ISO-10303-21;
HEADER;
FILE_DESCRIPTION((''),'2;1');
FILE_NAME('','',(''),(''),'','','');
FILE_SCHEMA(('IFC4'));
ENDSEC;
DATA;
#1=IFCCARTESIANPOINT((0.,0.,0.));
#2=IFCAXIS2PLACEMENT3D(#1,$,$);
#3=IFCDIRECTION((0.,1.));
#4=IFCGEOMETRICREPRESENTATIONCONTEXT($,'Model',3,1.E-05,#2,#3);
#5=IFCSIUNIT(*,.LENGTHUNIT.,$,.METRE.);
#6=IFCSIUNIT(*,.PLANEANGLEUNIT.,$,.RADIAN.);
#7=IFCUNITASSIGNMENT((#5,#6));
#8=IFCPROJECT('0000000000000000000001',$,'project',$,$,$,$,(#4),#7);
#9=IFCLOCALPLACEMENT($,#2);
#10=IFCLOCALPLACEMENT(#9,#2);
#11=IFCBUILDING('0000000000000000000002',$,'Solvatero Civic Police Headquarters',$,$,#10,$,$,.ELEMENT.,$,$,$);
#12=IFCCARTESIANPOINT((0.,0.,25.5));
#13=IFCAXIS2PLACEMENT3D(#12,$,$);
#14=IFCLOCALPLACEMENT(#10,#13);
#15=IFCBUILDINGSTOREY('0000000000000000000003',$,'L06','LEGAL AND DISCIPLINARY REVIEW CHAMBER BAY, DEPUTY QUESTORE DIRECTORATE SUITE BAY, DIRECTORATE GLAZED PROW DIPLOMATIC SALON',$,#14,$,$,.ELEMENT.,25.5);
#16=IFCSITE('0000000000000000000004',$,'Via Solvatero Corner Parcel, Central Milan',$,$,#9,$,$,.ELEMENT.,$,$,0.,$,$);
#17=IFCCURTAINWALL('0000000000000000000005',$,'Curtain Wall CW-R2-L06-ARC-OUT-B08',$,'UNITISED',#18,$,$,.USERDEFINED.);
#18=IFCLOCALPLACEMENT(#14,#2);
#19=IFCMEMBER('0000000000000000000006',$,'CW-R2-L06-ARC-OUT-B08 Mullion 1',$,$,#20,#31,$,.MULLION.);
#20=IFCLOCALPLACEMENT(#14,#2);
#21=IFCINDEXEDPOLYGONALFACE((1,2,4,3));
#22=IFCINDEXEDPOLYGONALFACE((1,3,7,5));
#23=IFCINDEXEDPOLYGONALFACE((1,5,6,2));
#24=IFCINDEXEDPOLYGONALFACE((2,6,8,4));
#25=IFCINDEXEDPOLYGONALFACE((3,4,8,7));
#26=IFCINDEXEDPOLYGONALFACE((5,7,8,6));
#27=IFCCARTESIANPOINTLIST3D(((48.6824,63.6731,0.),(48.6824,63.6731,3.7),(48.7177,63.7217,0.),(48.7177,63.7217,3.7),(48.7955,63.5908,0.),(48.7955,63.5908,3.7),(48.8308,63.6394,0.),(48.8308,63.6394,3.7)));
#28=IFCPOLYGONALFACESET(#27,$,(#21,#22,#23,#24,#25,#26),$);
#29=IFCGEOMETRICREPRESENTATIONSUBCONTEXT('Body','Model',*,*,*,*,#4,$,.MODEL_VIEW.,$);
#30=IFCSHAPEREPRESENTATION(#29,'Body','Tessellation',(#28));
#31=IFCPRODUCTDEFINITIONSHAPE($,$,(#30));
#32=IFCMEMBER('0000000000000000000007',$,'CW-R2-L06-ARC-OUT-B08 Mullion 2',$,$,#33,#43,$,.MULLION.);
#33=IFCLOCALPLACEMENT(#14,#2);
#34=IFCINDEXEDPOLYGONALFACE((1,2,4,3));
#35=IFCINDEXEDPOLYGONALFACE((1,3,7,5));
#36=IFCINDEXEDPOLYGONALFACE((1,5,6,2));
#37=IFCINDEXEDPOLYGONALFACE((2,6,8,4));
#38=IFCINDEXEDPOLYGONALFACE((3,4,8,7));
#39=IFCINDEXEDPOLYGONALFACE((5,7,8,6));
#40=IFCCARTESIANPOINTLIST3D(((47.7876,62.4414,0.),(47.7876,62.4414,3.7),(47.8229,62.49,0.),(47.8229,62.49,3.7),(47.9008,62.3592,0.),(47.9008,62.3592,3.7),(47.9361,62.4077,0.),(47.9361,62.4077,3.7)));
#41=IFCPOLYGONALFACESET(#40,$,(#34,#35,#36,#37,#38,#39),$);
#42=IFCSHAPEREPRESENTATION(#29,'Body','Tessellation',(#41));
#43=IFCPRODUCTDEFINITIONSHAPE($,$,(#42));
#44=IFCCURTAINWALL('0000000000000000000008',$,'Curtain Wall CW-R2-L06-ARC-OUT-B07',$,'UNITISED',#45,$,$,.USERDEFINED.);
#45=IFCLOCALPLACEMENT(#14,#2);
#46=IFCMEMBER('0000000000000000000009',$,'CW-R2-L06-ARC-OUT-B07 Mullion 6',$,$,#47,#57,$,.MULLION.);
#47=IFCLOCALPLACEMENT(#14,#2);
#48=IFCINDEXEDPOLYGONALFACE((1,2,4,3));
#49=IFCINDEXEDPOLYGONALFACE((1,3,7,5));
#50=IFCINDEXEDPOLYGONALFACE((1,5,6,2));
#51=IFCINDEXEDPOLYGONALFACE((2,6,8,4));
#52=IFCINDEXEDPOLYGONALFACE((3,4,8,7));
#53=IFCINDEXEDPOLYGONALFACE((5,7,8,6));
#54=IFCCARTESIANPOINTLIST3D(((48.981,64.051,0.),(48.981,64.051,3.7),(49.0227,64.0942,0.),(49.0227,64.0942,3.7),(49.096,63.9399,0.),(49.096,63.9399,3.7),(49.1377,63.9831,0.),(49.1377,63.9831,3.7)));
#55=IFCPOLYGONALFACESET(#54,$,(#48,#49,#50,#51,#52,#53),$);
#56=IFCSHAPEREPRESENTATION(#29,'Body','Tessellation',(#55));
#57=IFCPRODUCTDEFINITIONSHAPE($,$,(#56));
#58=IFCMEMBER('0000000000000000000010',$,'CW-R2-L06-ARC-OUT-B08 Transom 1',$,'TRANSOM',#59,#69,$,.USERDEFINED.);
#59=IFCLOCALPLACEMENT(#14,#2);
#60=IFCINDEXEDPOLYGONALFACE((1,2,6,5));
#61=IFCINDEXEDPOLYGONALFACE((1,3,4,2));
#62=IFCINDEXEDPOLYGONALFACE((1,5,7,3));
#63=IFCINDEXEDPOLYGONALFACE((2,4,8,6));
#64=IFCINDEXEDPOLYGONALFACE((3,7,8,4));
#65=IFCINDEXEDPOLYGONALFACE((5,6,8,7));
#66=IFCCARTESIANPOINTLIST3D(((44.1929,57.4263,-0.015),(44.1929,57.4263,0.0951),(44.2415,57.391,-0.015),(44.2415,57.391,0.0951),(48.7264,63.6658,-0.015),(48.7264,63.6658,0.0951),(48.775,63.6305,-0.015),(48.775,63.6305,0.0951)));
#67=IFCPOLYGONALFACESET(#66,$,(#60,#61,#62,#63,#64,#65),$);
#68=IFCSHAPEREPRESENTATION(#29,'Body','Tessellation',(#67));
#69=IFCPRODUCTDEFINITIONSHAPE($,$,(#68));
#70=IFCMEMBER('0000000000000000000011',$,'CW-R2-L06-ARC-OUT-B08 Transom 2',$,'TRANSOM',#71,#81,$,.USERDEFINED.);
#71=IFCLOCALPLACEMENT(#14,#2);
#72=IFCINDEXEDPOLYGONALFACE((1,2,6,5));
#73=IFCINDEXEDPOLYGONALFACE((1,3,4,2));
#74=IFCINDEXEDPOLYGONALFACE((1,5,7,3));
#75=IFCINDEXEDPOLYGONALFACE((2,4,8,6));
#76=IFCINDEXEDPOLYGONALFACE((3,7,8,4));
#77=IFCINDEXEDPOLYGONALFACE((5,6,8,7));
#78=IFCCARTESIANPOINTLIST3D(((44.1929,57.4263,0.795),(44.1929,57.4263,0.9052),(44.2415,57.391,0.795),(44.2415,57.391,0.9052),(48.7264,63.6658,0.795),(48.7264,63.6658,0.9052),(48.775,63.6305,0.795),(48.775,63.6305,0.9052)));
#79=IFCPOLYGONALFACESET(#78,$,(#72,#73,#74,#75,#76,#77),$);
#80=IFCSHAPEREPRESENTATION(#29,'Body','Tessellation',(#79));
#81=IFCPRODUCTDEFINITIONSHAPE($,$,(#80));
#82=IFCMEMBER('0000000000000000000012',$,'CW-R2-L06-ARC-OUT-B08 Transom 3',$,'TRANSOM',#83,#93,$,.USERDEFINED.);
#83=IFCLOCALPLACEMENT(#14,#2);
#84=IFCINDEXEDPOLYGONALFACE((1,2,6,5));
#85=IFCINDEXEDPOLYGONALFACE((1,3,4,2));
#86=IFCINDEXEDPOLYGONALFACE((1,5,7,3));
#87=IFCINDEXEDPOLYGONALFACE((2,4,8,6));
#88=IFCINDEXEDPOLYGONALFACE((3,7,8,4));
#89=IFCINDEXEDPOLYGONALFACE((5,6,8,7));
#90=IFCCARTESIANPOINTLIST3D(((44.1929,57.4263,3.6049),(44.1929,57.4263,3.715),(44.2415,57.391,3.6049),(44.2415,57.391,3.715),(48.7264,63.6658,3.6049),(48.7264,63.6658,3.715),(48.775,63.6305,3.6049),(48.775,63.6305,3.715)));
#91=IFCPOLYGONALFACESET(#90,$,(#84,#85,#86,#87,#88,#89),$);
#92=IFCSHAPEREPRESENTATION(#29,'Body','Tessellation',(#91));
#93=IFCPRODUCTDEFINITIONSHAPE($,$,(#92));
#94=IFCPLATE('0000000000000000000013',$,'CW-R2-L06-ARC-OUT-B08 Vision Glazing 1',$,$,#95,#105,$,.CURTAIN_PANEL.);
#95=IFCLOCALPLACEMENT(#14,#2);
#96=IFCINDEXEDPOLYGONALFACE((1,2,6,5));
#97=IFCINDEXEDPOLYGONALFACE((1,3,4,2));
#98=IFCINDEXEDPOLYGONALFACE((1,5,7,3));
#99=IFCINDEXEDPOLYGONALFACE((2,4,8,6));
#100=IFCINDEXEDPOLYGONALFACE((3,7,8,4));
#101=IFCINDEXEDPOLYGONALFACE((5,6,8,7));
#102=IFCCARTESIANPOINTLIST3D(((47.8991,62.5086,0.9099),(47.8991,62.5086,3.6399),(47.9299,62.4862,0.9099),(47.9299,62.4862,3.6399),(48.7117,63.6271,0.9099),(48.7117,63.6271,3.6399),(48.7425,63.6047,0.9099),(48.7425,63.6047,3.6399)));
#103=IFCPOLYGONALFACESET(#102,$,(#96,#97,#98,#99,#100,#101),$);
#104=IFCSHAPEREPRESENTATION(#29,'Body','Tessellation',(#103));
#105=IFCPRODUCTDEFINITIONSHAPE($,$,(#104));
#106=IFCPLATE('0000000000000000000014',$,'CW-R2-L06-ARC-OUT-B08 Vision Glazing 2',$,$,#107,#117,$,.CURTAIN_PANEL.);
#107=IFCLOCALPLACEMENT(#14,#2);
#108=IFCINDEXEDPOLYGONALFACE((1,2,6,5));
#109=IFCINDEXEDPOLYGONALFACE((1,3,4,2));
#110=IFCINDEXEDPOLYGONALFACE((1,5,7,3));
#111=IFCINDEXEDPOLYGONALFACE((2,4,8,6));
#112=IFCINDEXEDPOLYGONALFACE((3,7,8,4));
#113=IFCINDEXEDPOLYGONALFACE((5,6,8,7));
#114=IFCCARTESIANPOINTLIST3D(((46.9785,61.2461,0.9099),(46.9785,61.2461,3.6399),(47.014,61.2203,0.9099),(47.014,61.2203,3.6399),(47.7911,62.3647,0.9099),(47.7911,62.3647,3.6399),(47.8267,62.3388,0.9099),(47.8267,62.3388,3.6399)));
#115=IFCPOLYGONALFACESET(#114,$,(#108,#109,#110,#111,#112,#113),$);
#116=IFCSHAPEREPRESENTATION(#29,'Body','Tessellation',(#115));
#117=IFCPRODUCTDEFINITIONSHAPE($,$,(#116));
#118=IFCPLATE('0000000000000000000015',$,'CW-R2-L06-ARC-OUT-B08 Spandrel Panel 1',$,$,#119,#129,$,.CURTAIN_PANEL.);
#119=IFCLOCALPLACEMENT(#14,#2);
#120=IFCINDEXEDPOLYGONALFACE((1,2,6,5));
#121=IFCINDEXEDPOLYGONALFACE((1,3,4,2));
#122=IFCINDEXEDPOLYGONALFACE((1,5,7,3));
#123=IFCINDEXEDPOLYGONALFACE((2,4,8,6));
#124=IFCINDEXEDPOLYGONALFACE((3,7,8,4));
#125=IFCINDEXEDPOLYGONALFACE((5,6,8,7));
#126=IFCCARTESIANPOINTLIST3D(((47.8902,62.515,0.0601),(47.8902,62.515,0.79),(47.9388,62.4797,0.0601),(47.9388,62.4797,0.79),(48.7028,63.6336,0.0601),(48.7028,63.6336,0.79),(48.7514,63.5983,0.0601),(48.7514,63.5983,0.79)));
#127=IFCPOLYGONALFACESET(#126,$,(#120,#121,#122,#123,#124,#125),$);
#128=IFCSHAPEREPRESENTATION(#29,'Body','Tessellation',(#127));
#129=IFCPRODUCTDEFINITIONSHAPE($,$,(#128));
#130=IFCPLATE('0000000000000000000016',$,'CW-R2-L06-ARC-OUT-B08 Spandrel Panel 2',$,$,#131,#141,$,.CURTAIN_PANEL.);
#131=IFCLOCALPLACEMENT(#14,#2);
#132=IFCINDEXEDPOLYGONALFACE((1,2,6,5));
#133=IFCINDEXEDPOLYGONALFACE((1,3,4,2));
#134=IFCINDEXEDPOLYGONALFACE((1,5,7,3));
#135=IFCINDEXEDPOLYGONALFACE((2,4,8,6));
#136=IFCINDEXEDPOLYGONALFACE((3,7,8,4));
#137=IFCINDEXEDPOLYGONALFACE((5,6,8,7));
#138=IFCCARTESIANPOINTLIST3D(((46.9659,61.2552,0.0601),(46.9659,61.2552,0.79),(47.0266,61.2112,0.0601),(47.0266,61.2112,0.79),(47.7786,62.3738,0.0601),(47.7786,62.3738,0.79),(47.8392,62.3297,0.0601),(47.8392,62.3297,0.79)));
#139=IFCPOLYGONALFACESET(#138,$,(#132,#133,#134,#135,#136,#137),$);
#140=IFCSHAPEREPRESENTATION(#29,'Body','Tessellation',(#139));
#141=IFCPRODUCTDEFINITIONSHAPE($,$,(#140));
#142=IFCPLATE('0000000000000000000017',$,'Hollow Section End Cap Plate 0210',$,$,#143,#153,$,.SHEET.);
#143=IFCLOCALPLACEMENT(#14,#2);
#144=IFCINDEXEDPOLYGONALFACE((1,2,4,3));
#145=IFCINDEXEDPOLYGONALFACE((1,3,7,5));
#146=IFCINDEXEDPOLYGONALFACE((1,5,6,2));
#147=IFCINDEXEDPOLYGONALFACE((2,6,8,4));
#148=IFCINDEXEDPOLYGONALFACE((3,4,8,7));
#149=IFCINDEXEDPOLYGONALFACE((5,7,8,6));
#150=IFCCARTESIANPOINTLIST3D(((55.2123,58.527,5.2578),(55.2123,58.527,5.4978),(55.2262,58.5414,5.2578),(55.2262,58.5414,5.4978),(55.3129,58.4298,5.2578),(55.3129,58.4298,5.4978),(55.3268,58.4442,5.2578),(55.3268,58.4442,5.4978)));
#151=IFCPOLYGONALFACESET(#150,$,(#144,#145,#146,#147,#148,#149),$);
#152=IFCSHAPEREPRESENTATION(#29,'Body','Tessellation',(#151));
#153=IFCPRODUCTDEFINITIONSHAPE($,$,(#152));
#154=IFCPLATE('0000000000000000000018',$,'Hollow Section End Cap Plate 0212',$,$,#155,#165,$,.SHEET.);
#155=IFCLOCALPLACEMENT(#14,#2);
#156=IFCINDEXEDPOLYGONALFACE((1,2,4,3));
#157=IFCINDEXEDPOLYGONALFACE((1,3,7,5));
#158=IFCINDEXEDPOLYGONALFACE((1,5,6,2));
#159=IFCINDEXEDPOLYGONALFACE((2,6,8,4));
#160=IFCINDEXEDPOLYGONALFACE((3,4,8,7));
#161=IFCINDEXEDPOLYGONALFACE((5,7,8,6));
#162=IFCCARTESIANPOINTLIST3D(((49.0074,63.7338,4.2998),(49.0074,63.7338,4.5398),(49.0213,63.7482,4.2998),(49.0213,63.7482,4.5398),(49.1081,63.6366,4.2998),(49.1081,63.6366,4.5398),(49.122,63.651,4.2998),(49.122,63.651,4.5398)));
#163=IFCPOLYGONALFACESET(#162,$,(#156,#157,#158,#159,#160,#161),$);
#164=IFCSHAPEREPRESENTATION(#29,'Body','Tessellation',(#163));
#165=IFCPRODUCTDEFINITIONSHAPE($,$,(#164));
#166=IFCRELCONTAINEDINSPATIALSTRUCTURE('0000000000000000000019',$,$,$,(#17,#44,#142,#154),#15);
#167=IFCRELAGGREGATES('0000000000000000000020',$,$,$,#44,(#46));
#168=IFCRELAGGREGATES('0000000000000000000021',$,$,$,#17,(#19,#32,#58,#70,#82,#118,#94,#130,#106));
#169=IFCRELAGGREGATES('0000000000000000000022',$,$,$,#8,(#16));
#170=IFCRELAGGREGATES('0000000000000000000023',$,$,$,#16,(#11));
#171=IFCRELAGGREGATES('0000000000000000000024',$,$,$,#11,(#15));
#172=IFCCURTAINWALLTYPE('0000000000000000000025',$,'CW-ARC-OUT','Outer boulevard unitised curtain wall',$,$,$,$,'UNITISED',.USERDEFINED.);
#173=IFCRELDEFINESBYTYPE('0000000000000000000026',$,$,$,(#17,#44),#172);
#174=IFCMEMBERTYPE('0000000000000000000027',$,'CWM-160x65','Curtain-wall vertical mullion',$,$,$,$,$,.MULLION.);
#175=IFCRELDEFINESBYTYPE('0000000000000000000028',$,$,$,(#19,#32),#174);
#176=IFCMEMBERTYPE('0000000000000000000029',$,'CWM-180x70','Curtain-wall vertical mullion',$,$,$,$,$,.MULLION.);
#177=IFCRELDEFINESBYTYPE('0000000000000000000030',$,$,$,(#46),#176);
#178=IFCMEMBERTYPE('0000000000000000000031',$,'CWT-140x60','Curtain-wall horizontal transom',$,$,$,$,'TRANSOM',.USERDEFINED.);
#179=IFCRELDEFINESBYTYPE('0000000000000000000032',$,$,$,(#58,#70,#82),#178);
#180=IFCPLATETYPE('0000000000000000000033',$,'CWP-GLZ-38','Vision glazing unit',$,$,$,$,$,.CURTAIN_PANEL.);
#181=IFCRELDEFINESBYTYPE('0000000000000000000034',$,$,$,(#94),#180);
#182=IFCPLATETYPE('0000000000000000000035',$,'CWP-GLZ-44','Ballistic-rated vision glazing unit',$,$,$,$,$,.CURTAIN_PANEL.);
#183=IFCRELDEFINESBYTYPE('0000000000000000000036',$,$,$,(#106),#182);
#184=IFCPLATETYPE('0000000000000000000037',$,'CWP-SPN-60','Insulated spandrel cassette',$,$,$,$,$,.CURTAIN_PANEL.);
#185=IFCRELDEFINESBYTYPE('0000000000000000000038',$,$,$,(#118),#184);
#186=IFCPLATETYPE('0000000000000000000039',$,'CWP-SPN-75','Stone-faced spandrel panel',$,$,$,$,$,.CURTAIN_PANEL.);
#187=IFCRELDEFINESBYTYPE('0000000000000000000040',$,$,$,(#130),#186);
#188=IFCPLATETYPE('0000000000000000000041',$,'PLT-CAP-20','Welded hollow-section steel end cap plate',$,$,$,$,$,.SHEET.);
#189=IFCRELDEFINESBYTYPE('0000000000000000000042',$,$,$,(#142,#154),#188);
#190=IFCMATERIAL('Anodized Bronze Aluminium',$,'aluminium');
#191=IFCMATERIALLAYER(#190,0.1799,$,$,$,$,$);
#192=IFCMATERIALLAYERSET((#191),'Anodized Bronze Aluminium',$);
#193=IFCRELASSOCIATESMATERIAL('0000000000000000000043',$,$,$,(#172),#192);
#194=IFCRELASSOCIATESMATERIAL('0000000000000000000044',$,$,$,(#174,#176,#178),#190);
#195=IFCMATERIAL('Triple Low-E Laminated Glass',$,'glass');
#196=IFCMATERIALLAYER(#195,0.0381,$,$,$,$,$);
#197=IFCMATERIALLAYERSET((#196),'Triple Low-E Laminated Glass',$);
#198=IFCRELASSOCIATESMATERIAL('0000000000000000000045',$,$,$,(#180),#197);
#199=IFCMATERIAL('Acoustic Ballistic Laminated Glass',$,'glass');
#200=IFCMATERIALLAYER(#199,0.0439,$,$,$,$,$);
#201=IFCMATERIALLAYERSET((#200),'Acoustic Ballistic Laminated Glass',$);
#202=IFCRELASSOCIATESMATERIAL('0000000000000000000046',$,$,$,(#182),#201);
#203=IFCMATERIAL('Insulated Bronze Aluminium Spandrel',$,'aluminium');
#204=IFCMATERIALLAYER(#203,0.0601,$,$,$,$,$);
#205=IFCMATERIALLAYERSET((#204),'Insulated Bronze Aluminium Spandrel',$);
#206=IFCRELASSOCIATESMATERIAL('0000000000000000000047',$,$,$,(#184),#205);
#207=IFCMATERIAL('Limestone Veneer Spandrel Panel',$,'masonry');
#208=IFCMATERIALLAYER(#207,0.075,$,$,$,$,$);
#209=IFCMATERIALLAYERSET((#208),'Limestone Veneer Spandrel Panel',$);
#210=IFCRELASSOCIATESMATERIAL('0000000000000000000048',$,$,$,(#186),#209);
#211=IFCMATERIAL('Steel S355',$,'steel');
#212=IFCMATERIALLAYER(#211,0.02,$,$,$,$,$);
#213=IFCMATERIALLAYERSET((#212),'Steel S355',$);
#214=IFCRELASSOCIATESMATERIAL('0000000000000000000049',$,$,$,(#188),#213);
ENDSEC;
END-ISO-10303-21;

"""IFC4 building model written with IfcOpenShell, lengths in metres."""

from ifc_helpers import new_model, si_unit, direction, frame, origin, origin_2d, place, context, subcontext, project, spatial, rectangle, extrude, material, layer, layer_set, material_profile, profile_set, type_object, element, aggregate, save


model = new_model("IFC4")

# Units and contexts
model_context = context("Model", 3, precision=1e-05, world=origin(), true_north=direction((0.0, 1.0)))
body_context = subcontext(model_context, "Body", "Model", "MODEL_VIEW")
ifc_project = project(units=[si_unit("LENGTHUNIT", "METRE"), si_unit("PLANEANGLEUNIT", "RADIAN")], contexts=[model_context])

# Site, building, storey
site_placement = place(None, origin())
site = spatial("IfcSite", under=ifc_project, at=site_placement, Name="Via Solvatero Corner Parcel, Central Milan", CompositionType="ELEMENT", RefElevation=0.0)
building_placement = place(site_placement, origin())
building = spatial("IfcBuilding", under=site, at=building_placement, Name="Solvatero Civic Police Headquarters", CompositionType="ELEMENT")
storey_placement = place(building_placement, frame((0.0, 0.0, 25.5)))
storey = spatial("IfcBuildingStorey", under=building, at=storey_placement, Name="L06", Description="LEGAL AND DISCIPLINARY REVIEW CHAMBER BAY, DEPUTY QUESTORE DIRECTORATE SUITE BAY, DIRECTORATE GLAZED PROW DIPLOMATIC SALON", CompositionType="ELEMENT", Elevation=25.5)

# Shared definitions
ifc_material_1 = material(Name="Steel S355", Category="steel")

# Curtain wall, members
ifc_material_2 = material(Name="Anodized Bronze Aluminium", Category="aluminium")
ifc_layer_1 = layer(ifc_material_2, 0.1799)
ifc_layer_set_1 = layer_set([ifc_layer_1], Name="Anodized Bronze Aluminium")
curtain_wall_type = type_object("IfcCurtainWallType", Name="CW-ARC-OUT", Description="Outer boulevard unitised curtain wall", ElementType="UNITISED", PredefinedType="USERDEFINED", material=ifc_layer_set_1)
curtain_wall_1_placement = place(storey_placement, origin())
curtain_wall_1 = element("IfcCurtainWall", 1, at=curtain_wall_1_placement, inside=storey, type_object=curtain_wall_type, Name="Curtain Wall CW-R2-L06-ARC-OUT-B08", ObjectType="UNITISED", PredefinedType="USERDEFINED")
ifc_material_profile_1 = material_profile(ifc_material_2, rectangle(XDim=0.0601, YDim=0.1399, at=origin_2d()), Name="ALU MULLION 60x140")
ifc_profile_set_1 = profile_set([ifc_material_profile_1], Name="Anodized Bronze Aluminium")
member_type_1 = type_object("IfcMemberType", Name="CWM-160x65", Description="Curtain-wall vertical mullion", PredefinedType="MULLION", material=ifc_profile_set_1)
member_1_placement = place(storey_placement, frame((48.7566, 63.6562, 0.0), z_axis=(0.0, 0.0, 1.0), x_axis=(-0.587785, -0.809017, 0.0)))
member_1 = element("IfcMember", 2, at=member_1_placement, type_object=member_type_1, Name="CW-R2-L06-ARC-OUT-B08 Mullion 1", PredefinedType="MULLION", context=body_context, shape_type="SweptSolid", body=[
    extrude(rectangle(XDim=0.0601, YDim=0.1399, at=origin_2d()), origin(), (0.0, 0.0, 1.0), 3.7),
])
member_2_placement = place(storey_placement, frame((47.8618, 62.4246, 0.0), z_axis=(0.0, 0.0, 1.0), x_axis=(-0.587785, -0.809017, 0.0)))
member_2 = element("IfcMember", 3, at=member_2_placement, type_object=member_type_1, Name="CW-R2-L06-ARC-OUT-B08 Mullion 2", PredefinedType="MULLION", context=body_context, shape_type="SweptSolid", body=[
    extrude(rectangle(XDim=0.0601, YDim=0.1399, at=origin_2d()), origin(), (0.0, 0.0, 1.0), 3.7),
])

# Curtain wall, member
curtain_wall_2_placement = place(storey_placement, origin())
curtain_wall_2 = element("IfcCurtainWall", 4, at=curtain_wall_2_placement, inside=storey, type_object=curtain_wall_type, Name="Curtain Wall CW-R2-L06-ARC-OUT-B07", ObjectType="UNITISED", PredefinedType="USERDEFINED")
ifc_material_profile_2 = material_profile(ifc_material_2, rectangle(XDim=0.0601, YDim=0.1599, at=origin_2d()), Name="ALU MULLION 60x160")
ifc_profile_set_2 = profile_set([ifc_material_profile_2], Name="Anodized Bronze Aluminium")
member_type_2 = type_object("IfcMemberType", Name="CWM-180x70", Description="Curtain-wall vertical mullion", PredefinedType="MULLION", material=ifc_profile_set_2)
member_3_placement = place(storey_placement, frame((49.0593, 64.0171, 0.0), z_axis=(0.0, 0.0, 1.0), x_axis=(-0.694658, -0.71934, 0.0)))
member_3 = element("IfcMember", 5, at=member_3_placement, type_object=member_type_2, Name="CW-R2-L06-ARC-OUT-B07 Mullion 6", PredefinedType="MULLION", context=body_context, shape_type="SweptSolid", body=[
    extrude(rectangle(XDim=0.0601, YDim=0.1599, at=origin_2d()), origin(), (0.0, 0.0, 1.0), 3.7),
])
aggregate(curtain_wall_2, [member_3])

# Members
ifc_material_profile_3 = material_profile(ifc_material_2, rectangle(XDim=0.0601, YDim=0.1101, at=origin_2d()), Name="ALU TRANSOM 60x110")
ifc_profile_set_3 = profile_set([ifc_material_profile_3], Name="Anodized Bronze Aluminium")
member_type_3 = type_object("IfcMemberType", Name="CWT-140x60", Description="Curtain-wall horizontal transom", ElementType="TRANSOM", PredefinedType="USERDEFINED", material=ifc_profile_set_3)
member_4_placement = place(storey_placement, frame((48.7507, 63.6482, 0.04), z_axis=(-0.587801, -0.809006, 0.0), x_axis=(0.809006, -0.587801, 0.0)))
member_4 = element("IfcMember", 6, at=member_4_placement, type_object=member_type_3, Name="CW-R2-L06-ARC-OUT-B08 Transom 1", ObjectType="TRANSOM", PredefinedType="USERDEFINED", context=body_context, shape_type="SweptSolid", body=[
    extrude(rectangle(XDim=0.0601, YDim=0.1101, at=origin_2d()), origin(), (0.0, 0.0, 1.0), 7.7126),
])
member_5_placement = place(storey_placement, frame((48.7507, 63.6482, 0.8501), z_axis=(-0.587801, -0.809006, 0.0), x_axis=(0.809006, -0.587801, 0.0)))
member_5 = element("IfcMember", 7, at=member_5_placement, type_object=member_type_3, Name="CW-R2-L06-ARC-OUT-B08 Transom 2", ObjectType="TRANSOM", PredefinedType="USERDEFINED", context=body_context, shape_type="SweptSolid", body=[
    extrude(rectangle(XDim=0.0601, YDim=0.1101, at=origin_2d()), origin(), (0.0, 0.0, 1.0), 7.7126),
])
member_6_placement = place(storey_placement, frame((48.7507, 63.6482, 3.6599), z_axis=(-0.587801, -0.809006, 0.0), x_axis=(0.809006, -0.587801, 0.0)))
member_6 = element("IfcMember", 8, at=member_6_placement, type_object=member_type_3, Name="CW-R2-L06-ARC-OUT-B08 Transom 3", ObjectType="TRANSOM", PredefinedType="USERDEFINED", context=body_context, shape_type="SweptSolid", body=[
    extrude(rectangle(XDim=0.0601, YDim=0.1101, at=origin_2d()), origin(), (0.0, 0.0, 1.0), 7.7126),
])

# Plates
ifc_material_3 = material(Name="Triple Low-E Laminated Glass", Category="glass")
ifc_layer_2 = layer(ifc_material_3, 0.0381)
ifc_layer_set_2 = layer_set([ifc_layer_2], Name="Triple Low-E Laminated Glass")
plate_type_1 = type_object("IfcPlateType", Name="CWP-GLZ-38", Description="Vision glazing unit", PredefinedType="CURTAIN_PANEL", material=ifc_layer_set_2)
plate_1_placement = place(storey_placement, frame((48.3208, 63.0566, 0.9099), z_axis=(0.0, 0.0, 1.0), x_axis=(-0.587785, -0.809017, 0.0)))
plate_1 = element("IfcPlate", 9, at=plate_1_placement, type_object=plate_type_1, Name="CW-R2-L06-ARC-OUT-B08 Vision Glazing 1", PredefinedType="CURTAIN_PANEL", context=body_context, shape_type="SweptSolid", body=[
    extrude(rectangle(XDim=1.3826, YDim=0.0381, at=origin_2d()), origin(), (0.0, 0.0, 1.0), 2.73),
])
ifc_material_4 = material(Name="Acoustic Ballistic Laminated Glass", Category="glass")
ifc_layer_3 = layer(ifc_material_4, 0.0439)
ifc_layer_set_3 = layer_set([ifc_layer_3], Name="Acoustic Ballistic Laminated Glass")
plate_type_2 = type_object("IfcPlateType", Name="CWP-GLZ-44", Description="Ballistic-rated vision glazing unit", PredefinedType="CURTAIN_PANEL", material=ifc_layer_set_3)
plate_2_placement = place(storey_placement, frame((47.4026, 61.7925, 0.9099), z_axis=(0.0, 0.0, 1.0), x_axis=(-0.587785, -0.809017, 0.0)))
plate_2 = element("IfcPlate", 10, at=plate_2_placement, type_object=plate_type_2, Name="CW-R2-L06-ARC-OUT-B08 Vision Glazing 2", PredefinedType="CURTAIN_PANEL", context=body_context, shape_type="SweptSolid", body=[
    extrude(rectangle(XDim=1.3826, YDim=0.0439, at=origin_2d()), origin(), (0.0, 0.0, 1.0), 2.73),
])
ifc_material_5 = material(Name="Insulated Bronze Aluminium Spandrel", Category="aluminium")
ifc_layer_4 = layer(ifc_material_5, 0.0601)
ifc_layer_set_4 = layer_set([ifc_layer_4], Name="Insulated Bronze Aluminium Spandrel")
plate_type_3 = type_object("IfcPlateType", Name="CWP-SPN-60", Description="Insulated spandrel cassette", PredefinedType="CURTAIN_PANEL", material=ifc_layer_set_4)
plate_3_placement = place(storey_placement, frame((48.3208, 63.0566, 0.0601), z_axis=(0.0, 0.0, 1.0), x_axis=(-0.587785, -0.809017, 0.0)))
plate_3 = element("IfcPlate", 11, at=plate_3_placement, type_object=plate_type_3, Name="CW-R2-L06-ARC-OUT-B08 Spandrel Panel 1", PredefinedType="CURTAIN_PANEL", context=body_context, shape_type="SweptSolid", body=[
    extrude(rectangle(XDim=1.3826, YDim=0.0601, at=origin_2d()), origin(), (0.0, 0.0, 1.0), 0.73),
])
ifc_material_6 = material(Name="Limestone Veneer Spandrel Panel", Category="masonry")
ifc_layer_5 = layer(ifc_material_6, 0.075)
ifc_layer_set_5 = layer_set([ifc_layer_5], Name="Limestone Veneer Spandrel Panel")
plate_type_4 = type_object("IfcPlateType", Name="CWP-SPN-75", Description="Stone-faced spandrel panel", PredefinedType="CURTAIN_PANEL", material=ifc_layer_set_5)
plate_4_placement = place(storey_placement, frame((47.4026, 61.7925, 0.0601), z_axis=(0.0, 0.0, 1.0), x_axis=(-0.587785, -0.809017, 0.0)))
plate_4 = element("IfcPlate", 12, at=plate_4_placement, type_object=plate_type_4, Name="CW-R2-L06-ARC-OUT-B08 Spandrel Panel 2", PredefinedType="CURTAIN_PANEL", context=body_context, shape_type="SweptSolid", body=[
    extrude(rectangle(XDim=1.3826, YDim=0.075, at=origin_2d()), origin(), (0.0, 0.0, 1.0), 0.73),
])
aggregate(curtain_wall_1, [member_1, member_2, member_4, member_5, member_6, plate_3, plate_1, plate_4, plate_2])

# Plates
ifc_layer_6 = layer(ifc_material_1, 0.02)
ifc_layer_set_6 = layer_set([ifc_layer_6], Name="Steel S355")
plate_type_5 = type_object("IfcPlateType", Name="PLT-CAP-20", Description="Welded hollow-section steel end cap plate", PredefinedType="SHEET", material=ifc_layer_set_6)
for number, where, z_axis, x_axis, name in (
    (13, (55.2695, 58.4856, 5.2578), (0.0, 0.0, 1.0), (-0.694646, -0.719352, 0.0), "Hollow Section End Cap Plate 0210"),
    (14, (49.0647, 63.6924, 4.2998), (0.0, 0.0, 1.0), (-0.694658, -0.71934, 0.0), "Hollow Section End Cap Plate 0212"),
):
    element("IfcPlate", number, at=place(storey_placement, frame(where, z_axis=z_axis, x_axis=x_axis)), inside=storey, type_object=plate_type_5, Name=name, PredefinedType="SHEET", context=body_context, shape_type="SweptSolid", body=[
        extrude(rectangle(XDim=0.02, YDim=0.1399, at=origin_2d()), origin(), (0.0, 0.0, 1.0), 0.24),
    ])

save(model, "model.ifc")
